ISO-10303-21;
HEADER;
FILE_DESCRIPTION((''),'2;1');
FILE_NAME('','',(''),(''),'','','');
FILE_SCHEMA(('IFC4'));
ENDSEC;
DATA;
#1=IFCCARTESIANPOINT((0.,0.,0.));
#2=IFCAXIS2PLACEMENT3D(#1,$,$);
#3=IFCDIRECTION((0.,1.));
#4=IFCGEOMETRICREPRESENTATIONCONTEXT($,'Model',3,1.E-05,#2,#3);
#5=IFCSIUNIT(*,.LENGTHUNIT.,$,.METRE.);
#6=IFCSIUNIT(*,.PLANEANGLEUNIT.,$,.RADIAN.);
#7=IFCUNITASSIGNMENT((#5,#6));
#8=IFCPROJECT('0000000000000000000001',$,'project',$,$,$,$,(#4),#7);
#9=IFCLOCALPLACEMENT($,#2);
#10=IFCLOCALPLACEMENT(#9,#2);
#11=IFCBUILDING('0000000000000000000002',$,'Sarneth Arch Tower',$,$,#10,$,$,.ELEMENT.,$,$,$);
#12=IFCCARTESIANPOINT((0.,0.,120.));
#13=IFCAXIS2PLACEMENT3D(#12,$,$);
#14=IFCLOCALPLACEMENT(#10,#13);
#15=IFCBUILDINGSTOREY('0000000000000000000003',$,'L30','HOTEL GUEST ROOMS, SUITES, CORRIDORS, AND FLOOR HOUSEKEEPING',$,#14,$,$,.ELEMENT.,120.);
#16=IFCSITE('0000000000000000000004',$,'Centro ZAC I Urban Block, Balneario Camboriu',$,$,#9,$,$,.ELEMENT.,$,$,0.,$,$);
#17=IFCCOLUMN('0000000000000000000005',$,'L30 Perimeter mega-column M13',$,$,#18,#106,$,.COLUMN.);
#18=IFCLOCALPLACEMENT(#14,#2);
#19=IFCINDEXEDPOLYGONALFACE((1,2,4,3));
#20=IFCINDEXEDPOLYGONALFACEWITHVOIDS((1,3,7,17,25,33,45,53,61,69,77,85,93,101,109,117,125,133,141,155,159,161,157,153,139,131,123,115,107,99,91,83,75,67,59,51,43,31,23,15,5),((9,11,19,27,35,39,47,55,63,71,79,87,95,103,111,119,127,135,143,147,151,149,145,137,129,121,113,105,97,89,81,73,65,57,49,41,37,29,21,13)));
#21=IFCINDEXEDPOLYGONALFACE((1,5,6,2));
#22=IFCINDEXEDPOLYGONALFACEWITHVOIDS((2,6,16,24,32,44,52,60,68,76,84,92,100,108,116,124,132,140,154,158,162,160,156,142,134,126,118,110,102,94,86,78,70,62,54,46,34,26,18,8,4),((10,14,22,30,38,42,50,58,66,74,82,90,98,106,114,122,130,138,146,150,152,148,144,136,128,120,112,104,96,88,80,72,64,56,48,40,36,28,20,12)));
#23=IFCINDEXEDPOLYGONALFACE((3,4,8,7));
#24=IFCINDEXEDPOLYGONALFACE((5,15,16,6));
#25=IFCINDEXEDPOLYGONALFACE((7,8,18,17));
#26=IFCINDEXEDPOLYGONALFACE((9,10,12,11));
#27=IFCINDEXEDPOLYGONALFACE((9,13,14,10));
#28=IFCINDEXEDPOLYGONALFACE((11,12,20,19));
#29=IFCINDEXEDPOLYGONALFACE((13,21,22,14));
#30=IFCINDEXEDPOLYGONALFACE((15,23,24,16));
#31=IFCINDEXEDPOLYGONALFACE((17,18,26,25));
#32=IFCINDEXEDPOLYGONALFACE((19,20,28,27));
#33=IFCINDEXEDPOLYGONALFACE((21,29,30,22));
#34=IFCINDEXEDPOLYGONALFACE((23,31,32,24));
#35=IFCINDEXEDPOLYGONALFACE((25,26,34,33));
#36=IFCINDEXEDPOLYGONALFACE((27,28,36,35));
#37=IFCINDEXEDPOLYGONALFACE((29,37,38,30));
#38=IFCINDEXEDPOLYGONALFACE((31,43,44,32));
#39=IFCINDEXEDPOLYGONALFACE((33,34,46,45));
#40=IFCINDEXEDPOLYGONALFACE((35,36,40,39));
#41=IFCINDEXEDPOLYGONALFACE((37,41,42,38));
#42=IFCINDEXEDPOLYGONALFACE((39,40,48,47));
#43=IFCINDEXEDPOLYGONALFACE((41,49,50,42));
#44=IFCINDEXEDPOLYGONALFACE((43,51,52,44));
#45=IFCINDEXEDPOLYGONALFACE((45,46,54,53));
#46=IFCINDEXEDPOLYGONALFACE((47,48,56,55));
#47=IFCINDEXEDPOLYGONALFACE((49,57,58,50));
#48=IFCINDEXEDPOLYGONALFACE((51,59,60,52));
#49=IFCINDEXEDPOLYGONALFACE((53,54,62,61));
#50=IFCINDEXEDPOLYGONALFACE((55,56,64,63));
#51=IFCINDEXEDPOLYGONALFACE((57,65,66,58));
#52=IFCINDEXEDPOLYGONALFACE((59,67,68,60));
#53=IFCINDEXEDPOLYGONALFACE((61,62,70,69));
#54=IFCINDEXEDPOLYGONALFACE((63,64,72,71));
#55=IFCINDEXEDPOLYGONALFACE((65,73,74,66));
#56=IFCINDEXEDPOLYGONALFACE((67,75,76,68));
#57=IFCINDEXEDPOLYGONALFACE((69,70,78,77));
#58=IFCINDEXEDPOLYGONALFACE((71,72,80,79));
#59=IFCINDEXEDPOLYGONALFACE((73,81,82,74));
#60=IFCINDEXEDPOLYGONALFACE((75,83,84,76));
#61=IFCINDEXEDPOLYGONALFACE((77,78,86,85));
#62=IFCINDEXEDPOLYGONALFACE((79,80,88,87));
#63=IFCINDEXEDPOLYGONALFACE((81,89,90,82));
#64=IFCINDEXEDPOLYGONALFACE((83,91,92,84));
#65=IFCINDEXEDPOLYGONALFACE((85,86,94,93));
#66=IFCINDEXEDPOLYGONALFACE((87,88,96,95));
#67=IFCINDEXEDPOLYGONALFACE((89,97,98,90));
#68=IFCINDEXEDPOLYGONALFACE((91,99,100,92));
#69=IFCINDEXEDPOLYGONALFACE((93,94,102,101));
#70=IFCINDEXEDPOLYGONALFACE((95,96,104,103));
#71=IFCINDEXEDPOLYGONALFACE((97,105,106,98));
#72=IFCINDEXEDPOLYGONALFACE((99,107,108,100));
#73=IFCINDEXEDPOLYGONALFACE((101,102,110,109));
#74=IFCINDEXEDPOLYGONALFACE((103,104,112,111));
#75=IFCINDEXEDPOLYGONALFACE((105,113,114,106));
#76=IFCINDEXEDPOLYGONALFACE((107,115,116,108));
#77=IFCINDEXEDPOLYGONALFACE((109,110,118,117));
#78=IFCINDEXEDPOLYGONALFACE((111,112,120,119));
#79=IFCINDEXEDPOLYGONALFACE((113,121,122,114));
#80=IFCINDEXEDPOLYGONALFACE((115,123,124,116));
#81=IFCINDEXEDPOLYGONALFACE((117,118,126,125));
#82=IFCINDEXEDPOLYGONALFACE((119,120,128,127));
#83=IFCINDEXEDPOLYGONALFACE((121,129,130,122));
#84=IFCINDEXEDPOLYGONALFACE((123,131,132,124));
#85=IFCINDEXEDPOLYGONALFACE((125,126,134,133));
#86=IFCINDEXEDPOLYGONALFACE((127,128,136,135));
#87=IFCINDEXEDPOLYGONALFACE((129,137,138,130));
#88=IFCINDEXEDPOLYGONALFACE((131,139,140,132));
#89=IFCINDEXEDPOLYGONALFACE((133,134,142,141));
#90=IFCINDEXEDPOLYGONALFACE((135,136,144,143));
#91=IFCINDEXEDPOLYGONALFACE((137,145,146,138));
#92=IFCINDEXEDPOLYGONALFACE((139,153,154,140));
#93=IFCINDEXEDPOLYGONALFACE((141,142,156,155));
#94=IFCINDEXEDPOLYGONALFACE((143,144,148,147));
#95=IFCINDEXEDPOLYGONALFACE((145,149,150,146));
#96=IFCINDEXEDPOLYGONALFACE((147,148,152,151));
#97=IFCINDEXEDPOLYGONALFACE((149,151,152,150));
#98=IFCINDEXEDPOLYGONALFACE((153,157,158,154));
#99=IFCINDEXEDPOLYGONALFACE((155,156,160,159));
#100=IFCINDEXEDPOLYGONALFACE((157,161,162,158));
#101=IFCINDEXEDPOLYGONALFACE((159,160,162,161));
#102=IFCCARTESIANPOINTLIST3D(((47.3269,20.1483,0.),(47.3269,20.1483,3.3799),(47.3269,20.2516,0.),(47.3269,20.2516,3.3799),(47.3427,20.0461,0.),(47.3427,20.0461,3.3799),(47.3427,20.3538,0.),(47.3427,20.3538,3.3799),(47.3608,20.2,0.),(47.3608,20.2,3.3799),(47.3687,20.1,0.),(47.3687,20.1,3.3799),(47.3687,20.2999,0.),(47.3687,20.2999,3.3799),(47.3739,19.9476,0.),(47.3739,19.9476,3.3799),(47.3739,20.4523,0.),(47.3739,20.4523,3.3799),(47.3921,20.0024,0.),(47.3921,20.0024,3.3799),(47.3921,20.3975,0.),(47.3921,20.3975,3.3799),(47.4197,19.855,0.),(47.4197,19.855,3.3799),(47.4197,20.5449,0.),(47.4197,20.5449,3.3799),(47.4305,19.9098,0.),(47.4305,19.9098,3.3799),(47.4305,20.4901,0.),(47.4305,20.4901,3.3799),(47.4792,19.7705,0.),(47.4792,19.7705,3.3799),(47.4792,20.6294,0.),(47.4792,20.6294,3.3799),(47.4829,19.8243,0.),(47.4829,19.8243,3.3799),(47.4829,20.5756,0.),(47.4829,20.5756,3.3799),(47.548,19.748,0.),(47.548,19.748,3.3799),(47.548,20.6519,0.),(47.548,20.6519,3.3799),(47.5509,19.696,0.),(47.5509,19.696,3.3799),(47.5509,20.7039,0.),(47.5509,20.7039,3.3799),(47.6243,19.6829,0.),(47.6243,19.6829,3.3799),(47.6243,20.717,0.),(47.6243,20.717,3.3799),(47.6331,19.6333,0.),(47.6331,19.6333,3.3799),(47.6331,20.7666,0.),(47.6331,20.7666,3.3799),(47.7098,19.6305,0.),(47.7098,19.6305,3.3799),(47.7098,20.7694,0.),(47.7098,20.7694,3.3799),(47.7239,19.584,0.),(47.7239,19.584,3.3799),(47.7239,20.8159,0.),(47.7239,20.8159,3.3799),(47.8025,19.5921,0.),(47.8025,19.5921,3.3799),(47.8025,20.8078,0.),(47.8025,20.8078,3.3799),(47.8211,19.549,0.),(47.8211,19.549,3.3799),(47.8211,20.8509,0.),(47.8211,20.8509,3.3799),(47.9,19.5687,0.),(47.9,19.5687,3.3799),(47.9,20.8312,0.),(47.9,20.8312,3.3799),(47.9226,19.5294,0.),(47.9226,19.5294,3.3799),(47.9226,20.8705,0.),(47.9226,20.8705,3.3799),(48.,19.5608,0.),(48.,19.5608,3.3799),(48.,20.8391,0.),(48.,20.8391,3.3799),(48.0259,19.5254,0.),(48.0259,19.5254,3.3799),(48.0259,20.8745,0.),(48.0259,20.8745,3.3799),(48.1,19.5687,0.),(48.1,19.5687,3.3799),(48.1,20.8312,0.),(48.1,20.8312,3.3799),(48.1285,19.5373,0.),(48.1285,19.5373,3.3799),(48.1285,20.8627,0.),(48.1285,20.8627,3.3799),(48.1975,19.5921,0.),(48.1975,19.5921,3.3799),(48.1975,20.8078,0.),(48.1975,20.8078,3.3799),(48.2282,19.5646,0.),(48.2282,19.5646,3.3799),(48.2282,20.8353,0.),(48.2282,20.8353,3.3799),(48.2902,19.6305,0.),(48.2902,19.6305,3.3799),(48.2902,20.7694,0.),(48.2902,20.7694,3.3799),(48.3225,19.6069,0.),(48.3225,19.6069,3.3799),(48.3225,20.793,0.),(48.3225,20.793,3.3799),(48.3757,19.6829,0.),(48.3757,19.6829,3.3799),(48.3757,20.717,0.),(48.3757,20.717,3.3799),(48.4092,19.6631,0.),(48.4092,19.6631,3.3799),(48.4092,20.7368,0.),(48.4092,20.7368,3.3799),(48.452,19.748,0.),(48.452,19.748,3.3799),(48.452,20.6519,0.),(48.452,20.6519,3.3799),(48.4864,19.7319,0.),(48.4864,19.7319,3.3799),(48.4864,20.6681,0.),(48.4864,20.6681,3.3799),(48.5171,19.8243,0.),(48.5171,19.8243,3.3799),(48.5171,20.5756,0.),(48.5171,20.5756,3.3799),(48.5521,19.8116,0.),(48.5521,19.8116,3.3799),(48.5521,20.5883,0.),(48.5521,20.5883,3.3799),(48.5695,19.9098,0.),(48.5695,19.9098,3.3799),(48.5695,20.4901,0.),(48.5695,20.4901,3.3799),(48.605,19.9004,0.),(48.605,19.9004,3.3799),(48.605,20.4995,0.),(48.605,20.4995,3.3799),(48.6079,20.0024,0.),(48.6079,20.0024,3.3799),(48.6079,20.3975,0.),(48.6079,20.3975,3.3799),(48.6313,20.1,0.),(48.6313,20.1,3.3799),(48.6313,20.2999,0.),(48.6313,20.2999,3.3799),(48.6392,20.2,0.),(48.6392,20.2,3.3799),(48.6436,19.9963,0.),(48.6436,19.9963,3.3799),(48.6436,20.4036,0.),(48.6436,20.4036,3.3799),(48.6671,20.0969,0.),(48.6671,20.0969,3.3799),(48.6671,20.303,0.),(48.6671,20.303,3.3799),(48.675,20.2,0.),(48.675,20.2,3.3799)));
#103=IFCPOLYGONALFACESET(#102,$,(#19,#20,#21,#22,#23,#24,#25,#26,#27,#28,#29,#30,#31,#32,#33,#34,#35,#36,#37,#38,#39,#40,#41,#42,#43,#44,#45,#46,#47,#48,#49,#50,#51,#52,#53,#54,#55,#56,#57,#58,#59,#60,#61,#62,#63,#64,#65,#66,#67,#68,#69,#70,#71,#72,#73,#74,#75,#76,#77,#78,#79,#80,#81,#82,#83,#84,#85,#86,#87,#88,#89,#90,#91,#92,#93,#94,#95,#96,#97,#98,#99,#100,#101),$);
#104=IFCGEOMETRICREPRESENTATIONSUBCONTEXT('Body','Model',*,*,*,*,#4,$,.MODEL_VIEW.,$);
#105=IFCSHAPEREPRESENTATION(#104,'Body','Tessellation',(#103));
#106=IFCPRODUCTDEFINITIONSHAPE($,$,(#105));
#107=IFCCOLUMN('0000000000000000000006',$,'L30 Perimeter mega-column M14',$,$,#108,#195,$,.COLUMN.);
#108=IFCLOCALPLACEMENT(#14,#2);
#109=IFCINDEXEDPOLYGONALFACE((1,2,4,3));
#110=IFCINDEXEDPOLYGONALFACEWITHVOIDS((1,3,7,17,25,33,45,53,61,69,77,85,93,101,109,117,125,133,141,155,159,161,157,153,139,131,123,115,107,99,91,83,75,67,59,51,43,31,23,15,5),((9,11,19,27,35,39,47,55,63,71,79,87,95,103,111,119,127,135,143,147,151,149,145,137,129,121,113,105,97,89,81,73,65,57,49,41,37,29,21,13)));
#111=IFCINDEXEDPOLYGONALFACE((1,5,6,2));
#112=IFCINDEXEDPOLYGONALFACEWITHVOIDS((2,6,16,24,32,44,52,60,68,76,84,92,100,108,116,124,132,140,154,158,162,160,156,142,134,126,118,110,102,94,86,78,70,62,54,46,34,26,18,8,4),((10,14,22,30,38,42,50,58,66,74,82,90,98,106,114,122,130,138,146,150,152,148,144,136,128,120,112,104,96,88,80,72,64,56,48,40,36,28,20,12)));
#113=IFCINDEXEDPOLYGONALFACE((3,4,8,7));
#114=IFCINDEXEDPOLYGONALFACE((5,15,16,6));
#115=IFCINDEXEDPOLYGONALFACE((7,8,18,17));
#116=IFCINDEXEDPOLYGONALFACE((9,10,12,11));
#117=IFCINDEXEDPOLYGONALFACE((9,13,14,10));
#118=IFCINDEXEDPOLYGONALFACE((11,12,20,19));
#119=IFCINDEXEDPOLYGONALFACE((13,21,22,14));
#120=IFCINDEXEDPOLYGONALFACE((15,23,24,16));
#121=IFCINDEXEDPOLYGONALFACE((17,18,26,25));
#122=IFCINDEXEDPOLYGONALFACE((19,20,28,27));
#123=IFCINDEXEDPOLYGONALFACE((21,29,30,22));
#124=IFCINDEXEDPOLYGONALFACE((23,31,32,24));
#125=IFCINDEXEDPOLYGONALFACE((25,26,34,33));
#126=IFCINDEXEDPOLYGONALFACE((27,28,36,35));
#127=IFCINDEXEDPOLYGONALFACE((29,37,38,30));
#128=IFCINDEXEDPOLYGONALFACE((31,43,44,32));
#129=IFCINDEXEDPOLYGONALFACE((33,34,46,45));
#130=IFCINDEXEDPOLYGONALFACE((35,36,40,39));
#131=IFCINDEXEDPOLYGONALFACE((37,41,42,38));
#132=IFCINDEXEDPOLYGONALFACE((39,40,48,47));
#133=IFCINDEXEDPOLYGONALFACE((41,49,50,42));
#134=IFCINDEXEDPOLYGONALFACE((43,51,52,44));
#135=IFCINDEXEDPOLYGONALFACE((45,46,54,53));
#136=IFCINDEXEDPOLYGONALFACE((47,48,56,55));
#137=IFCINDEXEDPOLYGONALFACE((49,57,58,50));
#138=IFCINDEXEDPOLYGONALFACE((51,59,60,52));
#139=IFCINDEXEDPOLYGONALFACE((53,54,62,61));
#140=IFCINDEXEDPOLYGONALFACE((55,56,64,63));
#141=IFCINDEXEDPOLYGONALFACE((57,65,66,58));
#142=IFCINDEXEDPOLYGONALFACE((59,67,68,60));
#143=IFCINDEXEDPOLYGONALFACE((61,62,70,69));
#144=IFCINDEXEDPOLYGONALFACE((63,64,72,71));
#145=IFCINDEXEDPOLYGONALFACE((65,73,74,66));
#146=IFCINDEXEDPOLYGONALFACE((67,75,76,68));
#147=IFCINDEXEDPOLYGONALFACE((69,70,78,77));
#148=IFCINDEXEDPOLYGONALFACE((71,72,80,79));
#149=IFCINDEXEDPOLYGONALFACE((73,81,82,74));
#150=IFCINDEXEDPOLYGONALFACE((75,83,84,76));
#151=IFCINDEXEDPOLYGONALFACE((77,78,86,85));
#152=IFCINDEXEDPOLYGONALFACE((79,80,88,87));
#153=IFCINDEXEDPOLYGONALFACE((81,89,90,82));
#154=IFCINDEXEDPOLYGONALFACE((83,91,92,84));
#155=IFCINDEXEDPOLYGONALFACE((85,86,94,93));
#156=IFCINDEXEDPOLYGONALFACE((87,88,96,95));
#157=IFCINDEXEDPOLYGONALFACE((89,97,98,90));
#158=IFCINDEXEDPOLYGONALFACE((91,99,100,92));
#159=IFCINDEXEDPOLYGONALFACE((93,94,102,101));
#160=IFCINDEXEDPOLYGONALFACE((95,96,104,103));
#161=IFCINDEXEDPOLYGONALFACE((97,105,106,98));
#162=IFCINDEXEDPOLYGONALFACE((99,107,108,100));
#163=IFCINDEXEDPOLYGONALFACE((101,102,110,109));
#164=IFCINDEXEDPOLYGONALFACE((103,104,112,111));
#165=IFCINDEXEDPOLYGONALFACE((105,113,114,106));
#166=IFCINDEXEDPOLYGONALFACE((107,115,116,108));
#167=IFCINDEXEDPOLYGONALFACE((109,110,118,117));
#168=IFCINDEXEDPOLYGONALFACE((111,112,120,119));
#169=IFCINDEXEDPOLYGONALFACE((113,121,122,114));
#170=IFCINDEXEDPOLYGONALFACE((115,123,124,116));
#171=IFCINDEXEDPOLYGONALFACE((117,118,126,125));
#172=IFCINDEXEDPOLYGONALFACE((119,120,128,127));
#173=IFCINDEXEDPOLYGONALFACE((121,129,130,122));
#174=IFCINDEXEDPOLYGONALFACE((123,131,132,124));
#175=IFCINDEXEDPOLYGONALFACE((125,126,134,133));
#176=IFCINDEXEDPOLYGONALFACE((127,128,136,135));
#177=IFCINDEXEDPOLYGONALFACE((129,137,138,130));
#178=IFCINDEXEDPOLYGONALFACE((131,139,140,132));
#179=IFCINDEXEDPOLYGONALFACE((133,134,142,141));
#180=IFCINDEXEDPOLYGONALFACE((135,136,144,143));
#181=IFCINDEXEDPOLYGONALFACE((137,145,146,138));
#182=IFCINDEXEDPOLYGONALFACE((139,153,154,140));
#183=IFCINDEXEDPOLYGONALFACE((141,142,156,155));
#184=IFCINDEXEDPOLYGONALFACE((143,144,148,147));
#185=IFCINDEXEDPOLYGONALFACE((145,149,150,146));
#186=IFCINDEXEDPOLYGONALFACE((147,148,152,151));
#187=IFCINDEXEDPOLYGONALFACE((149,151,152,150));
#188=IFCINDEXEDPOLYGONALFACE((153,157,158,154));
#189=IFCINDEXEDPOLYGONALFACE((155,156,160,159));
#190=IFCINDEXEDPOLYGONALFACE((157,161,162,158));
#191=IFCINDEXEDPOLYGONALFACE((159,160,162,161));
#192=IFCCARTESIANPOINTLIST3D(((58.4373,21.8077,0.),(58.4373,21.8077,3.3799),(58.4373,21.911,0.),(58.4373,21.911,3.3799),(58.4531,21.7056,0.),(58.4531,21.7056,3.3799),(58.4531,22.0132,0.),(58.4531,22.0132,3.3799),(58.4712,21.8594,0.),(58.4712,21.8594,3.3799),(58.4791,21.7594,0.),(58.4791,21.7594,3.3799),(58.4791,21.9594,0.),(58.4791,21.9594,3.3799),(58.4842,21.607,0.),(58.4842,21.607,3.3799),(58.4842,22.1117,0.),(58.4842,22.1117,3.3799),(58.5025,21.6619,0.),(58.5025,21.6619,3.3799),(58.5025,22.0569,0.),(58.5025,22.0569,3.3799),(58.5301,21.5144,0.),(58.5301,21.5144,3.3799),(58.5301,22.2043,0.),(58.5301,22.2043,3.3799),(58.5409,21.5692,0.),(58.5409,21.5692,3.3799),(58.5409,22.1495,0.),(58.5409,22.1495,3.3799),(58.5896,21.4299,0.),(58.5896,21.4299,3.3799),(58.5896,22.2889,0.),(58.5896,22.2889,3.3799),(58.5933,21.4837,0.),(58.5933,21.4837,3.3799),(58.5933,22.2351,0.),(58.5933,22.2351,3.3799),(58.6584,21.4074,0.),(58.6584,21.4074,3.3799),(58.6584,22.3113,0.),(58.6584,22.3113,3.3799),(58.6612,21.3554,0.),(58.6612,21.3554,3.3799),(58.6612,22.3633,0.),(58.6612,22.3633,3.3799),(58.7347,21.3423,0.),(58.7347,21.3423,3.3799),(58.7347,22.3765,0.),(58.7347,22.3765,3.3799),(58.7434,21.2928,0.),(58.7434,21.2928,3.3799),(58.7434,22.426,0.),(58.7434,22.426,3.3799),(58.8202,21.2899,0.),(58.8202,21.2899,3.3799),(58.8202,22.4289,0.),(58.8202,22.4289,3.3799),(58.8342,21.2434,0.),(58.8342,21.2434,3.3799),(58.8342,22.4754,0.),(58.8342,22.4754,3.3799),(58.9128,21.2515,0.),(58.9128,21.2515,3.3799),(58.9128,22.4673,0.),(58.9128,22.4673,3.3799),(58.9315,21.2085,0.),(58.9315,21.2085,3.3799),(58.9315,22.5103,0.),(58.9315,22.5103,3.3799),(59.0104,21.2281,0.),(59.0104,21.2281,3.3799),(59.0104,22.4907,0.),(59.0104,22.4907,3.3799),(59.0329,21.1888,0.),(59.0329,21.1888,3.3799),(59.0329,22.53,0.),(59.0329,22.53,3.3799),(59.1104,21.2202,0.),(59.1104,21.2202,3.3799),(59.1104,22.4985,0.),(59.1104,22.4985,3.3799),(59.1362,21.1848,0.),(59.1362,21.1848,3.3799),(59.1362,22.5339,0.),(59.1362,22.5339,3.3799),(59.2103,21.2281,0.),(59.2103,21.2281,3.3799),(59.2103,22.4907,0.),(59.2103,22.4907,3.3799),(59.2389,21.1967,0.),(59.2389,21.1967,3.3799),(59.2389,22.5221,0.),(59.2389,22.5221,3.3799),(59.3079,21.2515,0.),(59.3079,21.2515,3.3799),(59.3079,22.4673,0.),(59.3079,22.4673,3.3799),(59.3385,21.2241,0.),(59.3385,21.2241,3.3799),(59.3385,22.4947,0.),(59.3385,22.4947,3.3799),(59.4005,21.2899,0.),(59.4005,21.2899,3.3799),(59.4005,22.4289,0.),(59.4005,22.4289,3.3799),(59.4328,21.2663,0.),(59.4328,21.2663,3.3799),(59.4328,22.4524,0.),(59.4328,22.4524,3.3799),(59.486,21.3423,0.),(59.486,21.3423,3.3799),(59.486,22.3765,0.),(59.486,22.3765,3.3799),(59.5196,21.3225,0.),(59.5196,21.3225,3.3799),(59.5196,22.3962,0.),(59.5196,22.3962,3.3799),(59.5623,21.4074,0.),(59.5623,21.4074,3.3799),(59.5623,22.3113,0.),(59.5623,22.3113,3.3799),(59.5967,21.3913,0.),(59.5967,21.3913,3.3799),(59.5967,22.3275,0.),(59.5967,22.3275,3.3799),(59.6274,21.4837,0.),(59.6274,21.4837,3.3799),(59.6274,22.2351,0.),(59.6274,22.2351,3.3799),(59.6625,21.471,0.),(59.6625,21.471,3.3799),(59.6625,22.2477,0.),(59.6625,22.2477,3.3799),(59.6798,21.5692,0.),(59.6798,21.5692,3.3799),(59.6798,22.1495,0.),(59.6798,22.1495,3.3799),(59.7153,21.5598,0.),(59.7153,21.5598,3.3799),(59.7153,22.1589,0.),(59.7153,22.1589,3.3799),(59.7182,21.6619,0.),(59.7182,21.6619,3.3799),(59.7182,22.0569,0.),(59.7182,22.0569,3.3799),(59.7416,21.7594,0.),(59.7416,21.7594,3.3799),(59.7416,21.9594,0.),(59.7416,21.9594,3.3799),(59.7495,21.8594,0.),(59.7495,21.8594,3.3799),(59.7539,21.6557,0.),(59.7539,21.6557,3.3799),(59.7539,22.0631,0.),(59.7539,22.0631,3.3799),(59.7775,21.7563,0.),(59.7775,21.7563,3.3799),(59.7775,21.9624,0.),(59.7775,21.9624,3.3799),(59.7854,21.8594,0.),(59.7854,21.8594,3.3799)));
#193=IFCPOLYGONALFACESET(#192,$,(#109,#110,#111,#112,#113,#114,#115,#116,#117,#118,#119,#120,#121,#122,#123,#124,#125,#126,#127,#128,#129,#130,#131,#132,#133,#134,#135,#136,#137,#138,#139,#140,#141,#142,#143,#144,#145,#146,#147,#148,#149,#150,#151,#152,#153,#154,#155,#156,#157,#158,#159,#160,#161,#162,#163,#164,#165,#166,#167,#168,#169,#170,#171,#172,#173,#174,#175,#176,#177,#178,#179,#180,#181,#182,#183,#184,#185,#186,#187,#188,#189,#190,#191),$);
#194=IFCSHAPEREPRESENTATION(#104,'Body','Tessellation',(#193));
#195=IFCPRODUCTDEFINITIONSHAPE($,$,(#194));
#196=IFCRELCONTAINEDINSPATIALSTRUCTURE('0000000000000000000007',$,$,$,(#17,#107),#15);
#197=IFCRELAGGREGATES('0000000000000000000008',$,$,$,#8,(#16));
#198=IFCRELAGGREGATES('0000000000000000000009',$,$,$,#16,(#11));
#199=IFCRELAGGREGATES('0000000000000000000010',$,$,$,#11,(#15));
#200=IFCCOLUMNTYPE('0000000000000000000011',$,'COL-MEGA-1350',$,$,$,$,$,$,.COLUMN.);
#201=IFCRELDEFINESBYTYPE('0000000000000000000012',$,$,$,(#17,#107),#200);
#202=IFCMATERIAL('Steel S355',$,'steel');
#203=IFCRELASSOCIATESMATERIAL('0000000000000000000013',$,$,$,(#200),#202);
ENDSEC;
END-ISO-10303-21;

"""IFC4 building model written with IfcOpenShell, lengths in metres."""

from ifc_helpers import new_model, si_unit, direction, frame, origin, origin_2d, place, context, subcontext, project, spatial, hollow_circle, extrude, material, material_profile, profile_set, type_object, element, save


model = new_model("IFC4")

# Units and contexts
model_context = context("Model", 3, precision=1e-05, world=origin(), true_north=direction((0.0, 1.0)))
body_context = subcontext(model_context, "Body", "Model", "MODEL_VIEW")
ifc_project = project(units=[si_unit("LENGTHUNIT", "METRE"), si_unit("PLANEANGLEUNIT", "RADIAN")], contexts=[model_context])

# Site, building, storey
site_placement = place(None, origin())
site = spatial("IfcSite", under=ifc_project, at=site_placement, Name="Centro ZAC I Urban Block, Balneario Camboriu", CompositionType="ELEMENT", RefElevation=0.0)
building_placement = place(site_placement, origin())
building = spatial("IfcBuilding", under=site, at=building_placement, Name="Sarneth Arch Tower", CompositionType="ELEMENT")
storey_placement = place(building_placement, frame((0.0, 0.0, 120.0)))
storey = spatial("IfcBuildingStorey", under=building, at=storey_placement, Name="L30", Description="HOTEL GUEST ROOMS, SUITES, CORRIDORS, AND FLOOR HOUSEKEEPING", CompositionType="ELEMENT", Elevation=120.0)

# Columns
ifc_material_1 = material(Name="Steel S355", Category="steel")
ifc_material_profile_1 = material_profile(ifc_material_1, hollow_circle(Radius=0.675, WallThickness=0.0359, at=origin_2d()), Name="CHS1350x36")
ifc_profile_set_1 = profile_set([ifc_material_profile_1], Name="Steel S355")
column_type = type_object("IfcColumnType", Name="COL-MEGA-1350", PredefinedType="COLUMN", material=ifc_profile_set_1)
for number, where, z_axis, x_axis, name in (
    (1, (48.0, 20.2, 0.0), (0.0, 0.0, 1.0), (1.0, 0.0, 0.0), "L30 Perimeter mega-column M13"),
    (2, (59.1104, 21.8594, 0.0), (0.0, 0.0, 1.0), (1.0, 0.0, 0.0), "L30 Perimeter mega-column M14"),
):
    element("IfcColumn", number, at=place(storey_placement, frame(where, z_axis=z_axis, x_axis=x_axis)), inside=storey, type_object=column_type, Name=name, PredefinedType="COLUMN", context=body_context, shape_type="SweptSolid", body=[
        extrude(hollow_circle(Radius=0.675, WallThickness=0.0359, at=origin_2d()), origin(), (0.0, 0.0, 1.0), 3.3799),
    ])

save(model, "model.ifc")
